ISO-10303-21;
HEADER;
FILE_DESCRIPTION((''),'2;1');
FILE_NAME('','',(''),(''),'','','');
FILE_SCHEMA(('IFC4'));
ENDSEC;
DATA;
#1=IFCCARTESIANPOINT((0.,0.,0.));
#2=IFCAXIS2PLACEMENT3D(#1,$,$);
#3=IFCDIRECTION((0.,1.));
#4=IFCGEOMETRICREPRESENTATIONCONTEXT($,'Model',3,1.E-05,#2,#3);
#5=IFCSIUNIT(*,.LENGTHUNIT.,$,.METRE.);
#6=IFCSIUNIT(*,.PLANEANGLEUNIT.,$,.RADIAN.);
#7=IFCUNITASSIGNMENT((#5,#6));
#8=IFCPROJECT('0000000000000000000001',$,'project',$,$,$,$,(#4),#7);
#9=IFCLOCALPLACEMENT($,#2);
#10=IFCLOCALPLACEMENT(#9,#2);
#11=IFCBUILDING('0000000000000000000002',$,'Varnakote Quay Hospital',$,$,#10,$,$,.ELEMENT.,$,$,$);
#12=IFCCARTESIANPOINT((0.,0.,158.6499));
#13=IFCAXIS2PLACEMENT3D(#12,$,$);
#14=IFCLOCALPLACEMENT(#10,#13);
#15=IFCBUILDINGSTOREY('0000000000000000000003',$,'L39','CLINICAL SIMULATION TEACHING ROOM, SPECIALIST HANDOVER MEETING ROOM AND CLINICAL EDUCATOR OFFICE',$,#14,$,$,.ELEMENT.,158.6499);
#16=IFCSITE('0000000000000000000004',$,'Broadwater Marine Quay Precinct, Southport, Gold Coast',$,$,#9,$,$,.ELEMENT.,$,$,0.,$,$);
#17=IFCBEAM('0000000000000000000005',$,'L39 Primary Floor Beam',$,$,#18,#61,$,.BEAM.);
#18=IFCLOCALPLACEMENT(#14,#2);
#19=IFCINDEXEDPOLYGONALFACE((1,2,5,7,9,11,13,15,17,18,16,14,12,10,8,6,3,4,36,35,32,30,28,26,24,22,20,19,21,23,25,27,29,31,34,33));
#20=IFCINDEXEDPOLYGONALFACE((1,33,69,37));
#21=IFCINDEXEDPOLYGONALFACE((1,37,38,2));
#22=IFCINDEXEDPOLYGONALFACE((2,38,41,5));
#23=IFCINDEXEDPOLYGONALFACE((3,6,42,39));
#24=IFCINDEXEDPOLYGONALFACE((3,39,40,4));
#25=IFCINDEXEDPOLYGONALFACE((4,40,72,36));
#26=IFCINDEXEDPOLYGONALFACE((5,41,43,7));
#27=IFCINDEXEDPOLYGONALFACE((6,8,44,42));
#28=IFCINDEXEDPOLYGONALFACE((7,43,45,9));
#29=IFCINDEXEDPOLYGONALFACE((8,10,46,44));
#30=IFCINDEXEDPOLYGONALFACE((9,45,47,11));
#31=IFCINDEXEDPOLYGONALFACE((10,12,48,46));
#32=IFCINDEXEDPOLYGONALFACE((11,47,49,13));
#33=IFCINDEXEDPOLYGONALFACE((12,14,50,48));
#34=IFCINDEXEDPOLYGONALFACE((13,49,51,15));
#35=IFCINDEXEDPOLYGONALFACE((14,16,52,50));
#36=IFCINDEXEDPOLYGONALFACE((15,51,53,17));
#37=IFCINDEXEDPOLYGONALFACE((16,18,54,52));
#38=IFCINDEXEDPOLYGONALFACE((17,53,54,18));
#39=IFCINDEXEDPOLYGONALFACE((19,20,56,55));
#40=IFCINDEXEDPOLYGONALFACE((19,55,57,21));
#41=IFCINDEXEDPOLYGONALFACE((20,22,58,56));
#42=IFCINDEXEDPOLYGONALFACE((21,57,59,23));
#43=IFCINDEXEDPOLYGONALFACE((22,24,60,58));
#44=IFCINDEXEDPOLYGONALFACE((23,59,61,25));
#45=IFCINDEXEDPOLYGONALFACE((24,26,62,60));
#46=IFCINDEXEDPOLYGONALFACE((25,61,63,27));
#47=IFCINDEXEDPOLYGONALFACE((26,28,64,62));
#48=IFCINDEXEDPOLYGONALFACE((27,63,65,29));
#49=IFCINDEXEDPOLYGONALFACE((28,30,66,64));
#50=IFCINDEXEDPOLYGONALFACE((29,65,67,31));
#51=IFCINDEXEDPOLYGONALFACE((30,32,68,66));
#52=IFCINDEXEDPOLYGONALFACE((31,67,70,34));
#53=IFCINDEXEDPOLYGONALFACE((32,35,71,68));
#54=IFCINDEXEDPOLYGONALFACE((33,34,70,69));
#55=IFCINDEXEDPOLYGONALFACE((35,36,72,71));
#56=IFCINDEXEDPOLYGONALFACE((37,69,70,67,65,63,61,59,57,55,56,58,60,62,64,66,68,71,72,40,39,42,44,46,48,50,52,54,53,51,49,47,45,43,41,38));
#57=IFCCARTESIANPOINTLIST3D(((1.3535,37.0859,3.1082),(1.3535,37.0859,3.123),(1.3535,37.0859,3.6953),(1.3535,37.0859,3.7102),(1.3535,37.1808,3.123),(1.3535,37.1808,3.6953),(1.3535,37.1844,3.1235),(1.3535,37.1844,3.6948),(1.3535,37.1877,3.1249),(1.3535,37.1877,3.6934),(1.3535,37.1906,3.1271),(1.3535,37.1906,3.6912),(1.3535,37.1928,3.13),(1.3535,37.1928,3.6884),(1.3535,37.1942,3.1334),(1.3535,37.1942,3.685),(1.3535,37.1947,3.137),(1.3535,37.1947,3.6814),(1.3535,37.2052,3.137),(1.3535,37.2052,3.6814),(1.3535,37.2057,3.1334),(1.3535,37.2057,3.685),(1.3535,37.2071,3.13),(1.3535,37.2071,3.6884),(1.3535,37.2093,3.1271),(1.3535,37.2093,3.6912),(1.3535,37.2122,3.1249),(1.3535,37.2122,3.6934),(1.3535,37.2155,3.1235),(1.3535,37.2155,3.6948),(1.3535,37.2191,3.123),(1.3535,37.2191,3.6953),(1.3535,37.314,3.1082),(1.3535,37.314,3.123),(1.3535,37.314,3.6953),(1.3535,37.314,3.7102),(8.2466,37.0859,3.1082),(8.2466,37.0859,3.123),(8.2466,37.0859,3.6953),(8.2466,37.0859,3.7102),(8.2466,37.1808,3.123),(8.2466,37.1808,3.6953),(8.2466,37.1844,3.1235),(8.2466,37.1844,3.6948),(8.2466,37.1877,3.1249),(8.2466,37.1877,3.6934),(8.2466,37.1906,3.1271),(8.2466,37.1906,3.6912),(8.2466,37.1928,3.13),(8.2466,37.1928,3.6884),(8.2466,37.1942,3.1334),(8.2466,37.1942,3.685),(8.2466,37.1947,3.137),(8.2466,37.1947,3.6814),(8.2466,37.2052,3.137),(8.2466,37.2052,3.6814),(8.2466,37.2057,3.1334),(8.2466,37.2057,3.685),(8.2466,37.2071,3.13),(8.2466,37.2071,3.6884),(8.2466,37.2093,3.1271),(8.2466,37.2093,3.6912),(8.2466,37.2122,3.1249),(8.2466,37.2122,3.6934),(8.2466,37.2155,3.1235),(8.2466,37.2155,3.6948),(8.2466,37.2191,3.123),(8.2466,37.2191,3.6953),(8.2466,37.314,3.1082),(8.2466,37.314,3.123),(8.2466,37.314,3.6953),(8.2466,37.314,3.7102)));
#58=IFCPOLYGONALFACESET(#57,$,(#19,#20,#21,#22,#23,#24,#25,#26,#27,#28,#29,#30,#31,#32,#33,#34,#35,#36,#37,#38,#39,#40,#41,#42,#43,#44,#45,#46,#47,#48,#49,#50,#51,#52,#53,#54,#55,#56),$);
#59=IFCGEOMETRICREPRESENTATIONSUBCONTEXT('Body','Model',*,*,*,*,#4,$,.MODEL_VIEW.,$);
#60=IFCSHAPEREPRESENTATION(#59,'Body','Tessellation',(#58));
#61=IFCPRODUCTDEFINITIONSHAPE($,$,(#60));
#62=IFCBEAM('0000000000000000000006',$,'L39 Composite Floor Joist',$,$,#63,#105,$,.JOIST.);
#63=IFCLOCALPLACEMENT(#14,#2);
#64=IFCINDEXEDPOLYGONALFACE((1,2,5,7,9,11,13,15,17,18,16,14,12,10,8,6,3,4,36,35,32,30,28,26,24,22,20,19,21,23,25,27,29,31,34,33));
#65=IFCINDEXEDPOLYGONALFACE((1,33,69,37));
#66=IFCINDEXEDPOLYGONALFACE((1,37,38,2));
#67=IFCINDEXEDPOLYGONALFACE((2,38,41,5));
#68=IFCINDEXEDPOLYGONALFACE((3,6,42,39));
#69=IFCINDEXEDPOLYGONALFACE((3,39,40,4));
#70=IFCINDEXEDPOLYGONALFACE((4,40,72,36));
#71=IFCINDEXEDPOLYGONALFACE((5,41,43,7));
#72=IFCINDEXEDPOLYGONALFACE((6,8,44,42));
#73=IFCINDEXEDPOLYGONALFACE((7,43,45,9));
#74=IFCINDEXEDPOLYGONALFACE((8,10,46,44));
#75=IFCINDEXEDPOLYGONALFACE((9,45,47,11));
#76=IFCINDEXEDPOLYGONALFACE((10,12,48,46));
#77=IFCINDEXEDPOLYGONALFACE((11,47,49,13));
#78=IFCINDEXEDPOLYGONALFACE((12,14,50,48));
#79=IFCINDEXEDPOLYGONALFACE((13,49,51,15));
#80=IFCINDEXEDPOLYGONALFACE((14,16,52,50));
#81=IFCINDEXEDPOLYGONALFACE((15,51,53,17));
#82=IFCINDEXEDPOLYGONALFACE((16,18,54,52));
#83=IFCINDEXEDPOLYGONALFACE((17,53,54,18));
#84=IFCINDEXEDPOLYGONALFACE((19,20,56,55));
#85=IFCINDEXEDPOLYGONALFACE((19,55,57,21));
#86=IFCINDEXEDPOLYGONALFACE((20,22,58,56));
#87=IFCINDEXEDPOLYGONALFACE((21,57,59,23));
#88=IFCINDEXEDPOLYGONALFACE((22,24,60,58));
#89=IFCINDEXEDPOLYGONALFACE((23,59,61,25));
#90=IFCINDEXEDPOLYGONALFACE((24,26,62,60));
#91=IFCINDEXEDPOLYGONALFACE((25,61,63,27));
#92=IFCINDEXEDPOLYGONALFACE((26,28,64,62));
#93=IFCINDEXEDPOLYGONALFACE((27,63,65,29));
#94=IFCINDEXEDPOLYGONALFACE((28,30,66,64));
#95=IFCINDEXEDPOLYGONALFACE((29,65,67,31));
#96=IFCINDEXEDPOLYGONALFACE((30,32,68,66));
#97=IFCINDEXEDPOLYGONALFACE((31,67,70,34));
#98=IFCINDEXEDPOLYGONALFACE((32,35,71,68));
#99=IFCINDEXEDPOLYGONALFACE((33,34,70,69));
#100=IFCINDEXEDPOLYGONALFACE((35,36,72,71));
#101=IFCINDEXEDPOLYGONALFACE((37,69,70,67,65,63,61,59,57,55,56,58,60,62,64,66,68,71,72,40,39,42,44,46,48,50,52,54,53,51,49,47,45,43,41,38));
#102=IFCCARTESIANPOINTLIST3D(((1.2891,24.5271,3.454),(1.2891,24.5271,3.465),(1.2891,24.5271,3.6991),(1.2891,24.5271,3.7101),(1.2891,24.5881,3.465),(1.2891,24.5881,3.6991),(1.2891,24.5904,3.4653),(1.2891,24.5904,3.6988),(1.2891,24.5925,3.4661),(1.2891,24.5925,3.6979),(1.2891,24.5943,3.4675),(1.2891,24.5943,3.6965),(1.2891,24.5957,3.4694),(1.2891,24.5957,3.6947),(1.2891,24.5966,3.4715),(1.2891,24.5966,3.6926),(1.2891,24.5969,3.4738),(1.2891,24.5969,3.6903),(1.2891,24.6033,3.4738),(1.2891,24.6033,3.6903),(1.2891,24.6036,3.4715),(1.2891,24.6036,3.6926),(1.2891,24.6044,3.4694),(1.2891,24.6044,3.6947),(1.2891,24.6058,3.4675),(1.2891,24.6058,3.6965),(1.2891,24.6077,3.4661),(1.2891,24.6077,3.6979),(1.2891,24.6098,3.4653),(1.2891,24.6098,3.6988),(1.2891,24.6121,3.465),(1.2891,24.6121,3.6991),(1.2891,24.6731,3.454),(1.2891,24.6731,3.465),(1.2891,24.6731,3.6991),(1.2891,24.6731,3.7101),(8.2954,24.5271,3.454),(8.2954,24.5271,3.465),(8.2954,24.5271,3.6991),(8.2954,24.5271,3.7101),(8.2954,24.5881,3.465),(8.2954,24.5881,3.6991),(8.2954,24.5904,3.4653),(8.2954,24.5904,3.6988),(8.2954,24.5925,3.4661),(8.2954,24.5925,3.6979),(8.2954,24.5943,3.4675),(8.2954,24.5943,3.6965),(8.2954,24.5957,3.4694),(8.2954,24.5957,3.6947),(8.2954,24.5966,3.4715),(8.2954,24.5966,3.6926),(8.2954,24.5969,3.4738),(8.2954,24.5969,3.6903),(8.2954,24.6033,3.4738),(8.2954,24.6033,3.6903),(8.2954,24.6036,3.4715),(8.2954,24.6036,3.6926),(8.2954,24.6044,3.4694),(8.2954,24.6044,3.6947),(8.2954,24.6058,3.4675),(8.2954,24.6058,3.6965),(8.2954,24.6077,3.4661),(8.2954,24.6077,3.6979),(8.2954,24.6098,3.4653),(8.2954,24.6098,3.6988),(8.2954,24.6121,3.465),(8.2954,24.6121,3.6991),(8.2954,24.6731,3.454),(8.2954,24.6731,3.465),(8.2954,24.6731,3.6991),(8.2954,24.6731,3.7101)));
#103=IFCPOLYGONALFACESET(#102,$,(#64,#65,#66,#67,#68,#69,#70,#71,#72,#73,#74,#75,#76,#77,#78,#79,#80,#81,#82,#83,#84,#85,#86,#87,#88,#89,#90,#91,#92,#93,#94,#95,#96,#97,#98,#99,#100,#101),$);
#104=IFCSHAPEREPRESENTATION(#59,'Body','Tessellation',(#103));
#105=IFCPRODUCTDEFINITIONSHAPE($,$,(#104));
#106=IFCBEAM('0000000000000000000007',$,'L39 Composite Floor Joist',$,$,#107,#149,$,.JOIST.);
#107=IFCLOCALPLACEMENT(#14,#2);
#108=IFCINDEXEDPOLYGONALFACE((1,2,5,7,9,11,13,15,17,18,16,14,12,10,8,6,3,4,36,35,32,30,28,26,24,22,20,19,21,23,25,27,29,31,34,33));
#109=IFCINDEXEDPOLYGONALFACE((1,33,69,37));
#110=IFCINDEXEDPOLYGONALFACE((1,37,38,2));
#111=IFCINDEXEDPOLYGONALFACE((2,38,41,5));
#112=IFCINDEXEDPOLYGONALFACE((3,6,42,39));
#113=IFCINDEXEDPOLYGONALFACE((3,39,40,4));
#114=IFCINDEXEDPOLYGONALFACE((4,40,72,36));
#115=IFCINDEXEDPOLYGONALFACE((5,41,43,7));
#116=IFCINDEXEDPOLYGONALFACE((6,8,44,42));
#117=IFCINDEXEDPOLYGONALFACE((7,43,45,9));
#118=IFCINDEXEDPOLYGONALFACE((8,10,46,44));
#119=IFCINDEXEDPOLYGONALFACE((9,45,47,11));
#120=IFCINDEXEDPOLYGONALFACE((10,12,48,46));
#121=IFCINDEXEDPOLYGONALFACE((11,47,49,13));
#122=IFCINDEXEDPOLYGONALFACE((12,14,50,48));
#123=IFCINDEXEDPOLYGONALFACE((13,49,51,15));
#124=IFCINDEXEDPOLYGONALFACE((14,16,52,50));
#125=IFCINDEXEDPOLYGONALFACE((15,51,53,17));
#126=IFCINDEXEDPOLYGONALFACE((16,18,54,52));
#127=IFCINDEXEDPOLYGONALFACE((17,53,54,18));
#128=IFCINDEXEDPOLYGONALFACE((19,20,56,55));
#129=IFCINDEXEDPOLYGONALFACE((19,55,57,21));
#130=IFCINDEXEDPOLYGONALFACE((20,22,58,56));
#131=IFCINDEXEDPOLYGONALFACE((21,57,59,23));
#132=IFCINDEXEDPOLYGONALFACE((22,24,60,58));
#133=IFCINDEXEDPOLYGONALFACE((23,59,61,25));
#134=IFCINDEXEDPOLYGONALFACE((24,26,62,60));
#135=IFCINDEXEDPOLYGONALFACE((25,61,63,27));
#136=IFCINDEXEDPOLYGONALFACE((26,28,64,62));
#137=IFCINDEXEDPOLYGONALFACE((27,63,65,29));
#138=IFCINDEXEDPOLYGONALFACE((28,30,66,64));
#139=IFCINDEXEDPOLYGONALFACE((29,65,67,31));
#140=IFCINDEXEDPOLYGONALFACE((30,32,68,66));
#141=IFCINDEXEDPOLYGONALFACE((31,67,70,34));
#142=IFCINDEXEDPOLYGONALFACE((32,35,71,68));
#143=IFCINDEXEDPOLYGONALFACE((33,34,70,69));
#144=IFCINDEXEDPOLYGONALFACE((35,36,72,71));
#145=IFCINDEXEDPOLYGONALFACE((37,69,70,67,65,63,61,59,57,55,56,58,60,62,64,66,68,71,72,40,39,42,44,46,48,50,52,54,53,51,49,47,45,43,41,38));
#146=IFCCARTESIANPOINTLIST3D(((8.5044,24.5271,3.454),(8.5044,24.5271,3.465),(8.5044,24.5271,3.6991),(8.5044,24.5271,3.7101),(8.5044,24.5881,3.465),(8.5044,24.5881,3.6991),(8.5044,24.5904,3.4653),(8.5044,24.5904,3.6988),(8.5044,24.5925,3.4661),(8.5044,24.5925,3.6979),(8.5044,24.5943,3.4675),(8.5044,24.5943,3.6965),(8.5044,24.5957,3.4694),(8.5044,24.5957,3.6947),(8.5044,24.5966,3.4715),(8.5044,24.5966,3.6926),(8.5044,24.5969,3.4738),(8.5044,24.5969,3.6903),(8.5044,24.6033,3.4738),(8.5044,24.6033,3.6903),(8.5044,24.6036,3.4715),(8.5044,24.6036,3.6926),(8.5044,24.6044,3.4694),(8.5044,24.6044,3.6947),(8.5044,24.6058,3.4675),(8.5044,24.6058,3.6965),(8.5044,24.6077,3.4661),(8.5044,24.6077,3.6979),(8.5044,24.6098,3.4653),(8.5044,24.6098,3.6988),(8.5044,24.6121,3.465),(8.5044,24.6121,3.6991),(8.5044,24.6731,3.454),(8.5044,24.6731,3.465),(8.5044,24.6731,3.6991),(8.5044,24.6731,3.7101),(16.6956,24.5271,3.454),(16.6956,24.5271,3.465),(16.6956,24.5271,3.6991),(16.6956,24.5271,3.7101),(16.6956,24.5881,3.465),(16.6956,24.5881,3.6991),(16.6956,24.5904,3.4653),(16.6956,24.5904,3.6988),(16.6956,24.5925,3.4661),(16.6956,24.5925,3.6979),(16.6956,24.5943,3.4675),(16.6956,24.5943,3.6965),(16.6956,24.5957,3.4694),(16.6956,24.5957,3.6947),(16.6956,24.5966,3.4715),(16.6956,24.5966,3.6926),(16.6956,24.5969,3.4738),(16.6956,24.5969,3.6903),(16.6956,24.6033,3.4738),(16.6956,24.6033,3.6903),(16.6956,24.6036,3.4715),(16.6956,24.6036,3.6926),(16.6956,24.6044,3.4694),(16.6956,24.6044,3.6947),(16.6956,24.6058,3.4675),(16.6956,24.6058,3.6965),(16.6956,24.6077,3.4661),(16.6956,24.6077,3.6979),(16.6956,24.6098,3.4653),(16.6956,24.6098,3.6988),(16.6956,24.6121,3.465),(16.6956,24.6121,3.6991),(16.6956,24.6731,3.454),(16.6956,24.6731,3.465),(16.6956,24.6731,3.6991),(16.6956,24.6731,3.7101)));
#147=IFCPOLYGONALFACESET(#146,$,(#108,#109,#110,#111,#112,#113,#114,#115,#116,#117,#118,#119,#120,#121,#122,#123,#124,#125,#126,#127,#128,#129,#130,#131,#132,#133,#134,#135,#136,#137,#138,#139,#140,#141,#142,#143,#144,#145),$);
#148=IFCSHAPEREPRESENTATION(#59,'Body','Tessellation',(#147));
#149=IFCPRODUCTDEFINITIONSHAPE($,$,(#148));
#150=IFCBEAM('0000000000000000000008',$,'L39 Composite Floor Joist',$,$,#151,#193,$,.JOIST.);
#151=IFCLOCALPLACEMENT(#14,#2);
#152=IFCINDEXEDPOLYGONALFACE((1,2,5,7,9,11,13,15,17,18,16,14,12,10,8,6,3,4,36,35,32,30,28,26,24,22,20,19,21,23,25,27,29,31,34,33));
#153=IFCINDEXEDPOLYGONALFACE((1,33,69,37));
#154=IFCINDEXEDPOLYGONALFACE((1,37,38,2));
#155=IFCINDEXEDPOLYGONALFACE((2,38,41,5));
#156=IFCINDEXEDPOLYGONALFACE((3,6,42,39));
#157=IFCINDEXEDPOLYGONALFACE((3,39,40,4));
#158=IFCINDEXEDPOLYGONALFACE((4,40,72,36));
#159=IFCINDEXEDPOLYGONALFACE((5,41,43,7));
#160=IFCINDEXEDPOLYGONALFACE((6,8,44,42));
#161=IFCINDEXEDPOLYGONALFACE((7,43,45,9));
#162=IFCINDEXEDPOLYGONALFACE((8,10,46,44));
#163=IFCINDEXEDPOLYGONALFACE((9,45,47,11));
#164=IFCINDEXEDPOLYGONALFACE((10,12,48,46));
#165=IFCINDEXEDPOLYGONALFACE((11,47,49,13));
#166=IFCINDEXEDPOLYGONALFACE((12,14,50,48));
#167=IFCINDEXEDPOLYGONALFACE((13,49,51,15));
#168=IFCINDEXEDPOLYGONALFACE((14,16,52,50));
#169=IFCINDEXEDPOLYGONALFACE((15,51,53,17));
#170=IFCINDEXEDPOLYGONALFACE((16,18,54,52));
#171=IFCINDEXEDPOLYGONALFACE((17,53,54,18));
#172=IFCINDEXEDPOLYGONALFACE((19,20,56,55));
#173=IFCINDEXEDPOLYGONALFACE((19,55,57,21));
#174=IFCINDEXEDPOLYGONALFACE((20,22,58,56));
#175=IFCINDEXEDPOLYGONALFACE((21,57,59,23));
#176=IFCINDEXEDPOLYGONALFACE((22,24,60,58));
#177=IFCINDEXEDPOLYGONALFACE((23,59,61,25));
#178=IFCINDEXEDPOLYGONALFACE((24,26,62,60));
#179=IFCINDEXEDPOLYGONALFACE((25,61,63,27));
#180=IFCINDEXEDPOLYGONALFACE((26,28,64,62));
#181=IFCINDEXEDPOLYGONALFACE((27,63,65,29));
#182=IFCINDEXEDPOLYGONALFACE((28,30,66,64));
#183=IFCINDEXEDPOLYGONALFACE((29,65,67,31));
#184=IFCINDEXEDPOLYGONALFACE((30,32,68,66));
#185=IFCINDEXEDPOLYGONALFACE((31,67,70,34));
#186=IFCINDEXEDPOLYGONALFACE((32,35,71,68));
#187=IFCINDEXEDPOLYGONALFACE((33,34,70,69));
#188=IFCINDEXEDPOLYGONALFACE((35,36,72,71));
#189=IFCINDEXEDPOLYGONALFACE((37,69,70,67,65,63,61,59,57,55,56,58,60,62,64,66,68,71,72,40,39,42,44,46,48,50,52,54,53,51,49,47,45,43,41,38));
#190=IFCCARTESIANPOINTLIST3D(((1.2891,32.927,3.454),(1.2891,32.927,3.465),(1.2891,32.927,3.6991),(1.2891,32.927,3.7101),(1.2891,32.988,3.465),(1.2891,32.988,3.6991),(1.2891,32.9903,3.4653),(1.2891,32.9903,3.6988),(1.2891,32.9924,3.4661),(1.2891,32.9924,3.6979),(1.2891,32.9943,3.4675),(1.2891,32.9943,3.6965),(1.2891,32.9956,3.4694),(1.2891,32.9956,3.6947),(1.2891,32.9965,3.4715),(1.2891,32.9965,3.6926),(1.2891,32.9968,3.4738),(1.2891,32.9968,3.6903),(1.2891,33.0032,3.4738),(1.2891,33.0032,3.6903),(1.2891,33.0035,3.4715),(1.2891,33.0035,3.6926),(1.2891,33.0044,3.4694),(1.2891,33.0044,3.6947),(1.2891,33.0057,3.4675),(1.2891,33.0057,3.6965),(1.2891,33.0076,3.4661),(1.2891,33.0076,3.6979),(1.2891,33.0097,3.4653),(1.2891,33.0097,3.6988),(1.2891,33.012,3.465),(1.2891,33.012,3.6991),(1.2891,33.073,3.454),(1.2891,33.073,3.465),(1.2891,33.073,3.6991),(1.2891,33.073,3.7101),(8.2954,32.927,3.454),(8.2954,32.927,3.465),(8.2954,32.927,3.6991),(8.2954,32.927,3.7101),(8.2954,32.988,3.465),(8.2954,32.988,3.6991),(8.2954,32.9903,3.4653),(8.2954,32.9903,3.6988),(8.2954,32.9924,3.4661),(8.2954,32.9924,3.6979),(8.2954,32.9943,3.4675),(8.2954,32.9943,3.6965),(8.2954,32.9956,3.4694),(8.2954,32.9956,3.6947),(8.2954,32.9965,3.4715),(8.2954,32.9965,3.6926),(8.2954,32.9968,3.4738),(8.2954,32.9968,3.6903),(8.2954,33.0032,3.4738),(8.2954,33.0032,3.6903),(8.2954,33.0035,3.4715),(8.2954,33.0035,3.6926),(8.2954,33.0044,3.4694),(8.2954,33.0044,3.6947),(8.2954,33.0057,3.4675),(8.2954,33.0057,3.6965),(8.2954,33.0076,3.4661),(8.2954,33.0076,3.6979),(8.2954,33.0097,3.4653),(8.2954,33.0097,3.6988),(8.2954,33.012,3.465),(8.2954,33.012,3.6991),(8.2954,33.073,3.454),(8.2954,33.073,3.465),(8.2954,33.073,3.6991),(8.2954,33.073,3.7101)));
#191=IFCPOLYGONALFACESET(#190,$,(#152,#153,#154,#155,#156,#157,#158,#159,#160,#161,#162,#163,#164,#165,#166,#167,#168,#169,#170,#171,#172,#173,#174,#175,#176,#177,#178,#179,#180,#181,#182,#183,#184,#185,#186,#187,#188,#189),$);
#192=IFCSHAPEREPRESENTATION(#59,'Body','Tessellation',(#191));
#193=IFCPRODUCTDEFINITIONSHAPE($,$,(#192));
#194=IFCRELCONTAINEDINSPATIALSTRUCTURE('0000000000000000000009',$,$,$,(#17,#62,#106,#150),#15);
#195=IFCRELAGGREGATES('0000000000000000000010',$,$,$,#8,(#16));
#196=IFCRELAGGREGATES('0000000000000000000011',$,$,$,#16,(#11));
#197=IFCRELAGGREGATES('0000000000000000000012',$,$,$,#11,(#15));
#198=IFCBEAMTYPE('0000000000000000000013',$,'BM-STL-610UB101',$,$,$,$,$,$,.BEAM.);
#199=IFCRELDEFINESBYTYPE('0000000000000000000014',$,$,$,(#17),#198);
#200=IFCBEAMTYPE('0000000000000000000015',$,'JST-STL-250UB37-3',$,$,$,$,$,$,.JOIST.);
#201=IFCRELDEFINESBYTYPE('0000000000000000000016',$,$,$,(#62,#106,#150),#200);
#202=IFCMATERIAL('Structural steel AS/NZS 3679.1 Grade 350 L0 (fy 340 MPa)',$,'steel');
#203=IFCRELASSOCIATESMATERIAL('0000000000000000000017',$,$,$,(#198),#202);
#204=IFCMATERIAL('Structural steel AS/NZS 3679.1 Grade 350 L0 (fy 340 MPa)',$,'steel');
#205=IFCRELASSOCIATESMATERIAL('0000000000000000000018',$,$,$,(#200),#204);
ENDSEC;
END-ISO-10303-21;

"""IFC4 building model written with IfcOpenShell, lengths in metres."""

from ifc_helpers import new_model, si_unit, direction, frame, origin, origin_2d, place, context, subcontext, project, spatial, i_section, extrude, material, material_profile, profile_set, type_object, element, save


model = new_model("IFC4")

# Units and contexts
model_context = context("Model", 3, precision=1e-05, world=origin(), true_north=direction((0.0, 1.0)))
body_context = subcontext(model_context, "Body", "Model", "MODEL_VIEW")
ifc_project = project(units=[si_unit("LENGTHUNIT", "METRE"), si_unit("PLANEANGLEUNIT", "RADIAN")], contexts=[model_context])

# Site, building, storey
site_placement = place(None, origin())
site = spatial("IfcSite", under=ifc_project, at=site_placement, Name="Broadwater Marine Quay Precinct, Southport, Gold Coast", CompositionType="ELEMENT", RefElevation=0.0)
building_placement = place(site_placement, origin())
building = spatial("IfcBuilding", under=site, at=building_placement, Name="Varnakote Quay Hospital", CompositionType="ELEMENT")
storey_placement = place(building_placement, frame((0.0, 0.0, 158.6499)))
storey = spatial("IfcBuildingStorey", under=building, at=storey_placement, Name="L39", Description="CLINICAL SIMULATION TEACHING ROOM, SPECIALIST HANDOVER MEETING ROOM AND CLINICAL EDUCATOR OFFICE", CompositionType="ELEMENT", Elevation=158.6499)

# Beams
ifc_material_1 = material(Name="Structural steel AS/NZS 3679.1 Grade 350 L0 (fy 340 MPa)", Category="steel")
ifc_material_profile_1 = material_profile(ifc_material_1, i_section(OverallWidth=0.228, OverallDepth=0.6021, WebThickness=0.0105, FlangeThickness=0.0149, FilletRadius=0.0139, at=origin_2d()), Name="610UB101")
ifc_profile_set_1 = profile_set([ifc_material_profile_1], Name="Structural steel AS/NZS 3679.1 Grade 350 L0 (fy 340 MPa)")
beam_type_1 = type_object("IfcBeamType", Name="BM-STL-610UB101", PredefinedType="BEAM", material=ifc_profile_set_1)
beam_1_placement = place(storey_placement, frame((1.3535, 37.2, 3.4092), z_axis=(1.0, 0.0, 0.0), x_axis=(0.0, 1.0, 0.0)))
element("IfcBeam", 1, at=beam_1_placement, inside=storey, type_object=beam_type_1, Name="L39 Primary Floor Beam", PredefinedType="BEAM", context=body_context, shape_type="SweptSolid", body=[
    extrude(i_section(OverallWidth=0.228, OverallDepth=0.6021, WebThickness=0.0105, FlangeThickness=0.0149, FilletRadius=0.0139, at=origin_2d()), origin(), (0.0, 0.0, 1.0), 6.8931),
])
ifc_material_2 = material(Name="Structural steel AS/NZS 3679.1 Grade 350 L0 (fy 340 MPa)", Category="steel")
ifc_material_profile_2 = material_profile(ifc_material_2, i_section(OverallWidth=0.146, OverallDepth=0.2561, WebThickness=0.0063, FlangeThickness=0.011, FilletRadius=0.0088, at=origin_2d()), Name="250UB37.3")
ifc_profile_set_2 = profile_set([ifc_material_profile_2], Name="Structural steel AS/NZS 3679.1 Grade 350 L0 (fy 340 MPa)")
beam_type_2 = type_object("IfcBeamType", Name="JST-STL-250UB37-3", PredefinedType="JOIST", material=ifc_profile_set_2)
beam_2_placement = place(storey_placement, frame((1.2891, 24.6001, 3.582), z_axis=(1.0, 0.0, 0.0), x_axis=(0.0, 1.0, 0.0)))
element("IfcBeam", 2, at=beam_2_placement, inside=storey, type_object=beam_type_2, Name="L39 Composite Floor Joist", PredefinedType="JOIST", context=body_context, shape_type="SweptSolid", body=[
    extrude(i_section(OverallWidth=0.146, OverallDepth=0.2561, WebThickness=0.0063, FlangeThickness=0.011, FilletRadius=0.0088, at=origin_2d()), origin(), (0.0, 0.0, 1.0), 7.0063),
])
beam_3_placement = place(storey_placement, frame((8.5044, 24.6001, 3.582), z_axis=(1.0, 0.0, 0.0), x_axis=(0.0, 1.0, 0.0)))
element("IfcBeam", 3, at=beam_3_placement, inside=storey, type_object=beam_type_2, Name="L39 Composite Floor Joist", PredefinedType="JOIST", context=body_context, shape_type="SweptSolid", body=[
    extrude(i_section(OverallWidth=0.146, OverallDepth=0.2561, WebThickness=0.0063, FlangeThickness=0.011, FilletRadius=0.0088, at=origin_2d()), origin(), (0.0, 0.0, 1.0), 8.1912),
])
beam_4_placement = place(storey_placement, frame((1.2891, 33.0, 3.582), z_axis=(1.0, 0.0, 0.0), x_axis=(0.0, 1.0, 0.0)))
element("IfcBeam", 4, at=beam_4_placement, inside=storey, type_object=beam_type_2, Name="L39 Composite Floor Joist", PredefinedType="JOIST", context=body_context, shape_type="SweptSolid", body=[
    extrude(i_section(OverallWidth=0.146, OverallDepth=0.2561, WebThickness=0.0063, FlangeThickness=0.011, FilletRadius=0.0088, at=origin_2d()), origin(), (0.0, 0.0, 1.0), 7.0063),
])

save(model, "model.ifc")
